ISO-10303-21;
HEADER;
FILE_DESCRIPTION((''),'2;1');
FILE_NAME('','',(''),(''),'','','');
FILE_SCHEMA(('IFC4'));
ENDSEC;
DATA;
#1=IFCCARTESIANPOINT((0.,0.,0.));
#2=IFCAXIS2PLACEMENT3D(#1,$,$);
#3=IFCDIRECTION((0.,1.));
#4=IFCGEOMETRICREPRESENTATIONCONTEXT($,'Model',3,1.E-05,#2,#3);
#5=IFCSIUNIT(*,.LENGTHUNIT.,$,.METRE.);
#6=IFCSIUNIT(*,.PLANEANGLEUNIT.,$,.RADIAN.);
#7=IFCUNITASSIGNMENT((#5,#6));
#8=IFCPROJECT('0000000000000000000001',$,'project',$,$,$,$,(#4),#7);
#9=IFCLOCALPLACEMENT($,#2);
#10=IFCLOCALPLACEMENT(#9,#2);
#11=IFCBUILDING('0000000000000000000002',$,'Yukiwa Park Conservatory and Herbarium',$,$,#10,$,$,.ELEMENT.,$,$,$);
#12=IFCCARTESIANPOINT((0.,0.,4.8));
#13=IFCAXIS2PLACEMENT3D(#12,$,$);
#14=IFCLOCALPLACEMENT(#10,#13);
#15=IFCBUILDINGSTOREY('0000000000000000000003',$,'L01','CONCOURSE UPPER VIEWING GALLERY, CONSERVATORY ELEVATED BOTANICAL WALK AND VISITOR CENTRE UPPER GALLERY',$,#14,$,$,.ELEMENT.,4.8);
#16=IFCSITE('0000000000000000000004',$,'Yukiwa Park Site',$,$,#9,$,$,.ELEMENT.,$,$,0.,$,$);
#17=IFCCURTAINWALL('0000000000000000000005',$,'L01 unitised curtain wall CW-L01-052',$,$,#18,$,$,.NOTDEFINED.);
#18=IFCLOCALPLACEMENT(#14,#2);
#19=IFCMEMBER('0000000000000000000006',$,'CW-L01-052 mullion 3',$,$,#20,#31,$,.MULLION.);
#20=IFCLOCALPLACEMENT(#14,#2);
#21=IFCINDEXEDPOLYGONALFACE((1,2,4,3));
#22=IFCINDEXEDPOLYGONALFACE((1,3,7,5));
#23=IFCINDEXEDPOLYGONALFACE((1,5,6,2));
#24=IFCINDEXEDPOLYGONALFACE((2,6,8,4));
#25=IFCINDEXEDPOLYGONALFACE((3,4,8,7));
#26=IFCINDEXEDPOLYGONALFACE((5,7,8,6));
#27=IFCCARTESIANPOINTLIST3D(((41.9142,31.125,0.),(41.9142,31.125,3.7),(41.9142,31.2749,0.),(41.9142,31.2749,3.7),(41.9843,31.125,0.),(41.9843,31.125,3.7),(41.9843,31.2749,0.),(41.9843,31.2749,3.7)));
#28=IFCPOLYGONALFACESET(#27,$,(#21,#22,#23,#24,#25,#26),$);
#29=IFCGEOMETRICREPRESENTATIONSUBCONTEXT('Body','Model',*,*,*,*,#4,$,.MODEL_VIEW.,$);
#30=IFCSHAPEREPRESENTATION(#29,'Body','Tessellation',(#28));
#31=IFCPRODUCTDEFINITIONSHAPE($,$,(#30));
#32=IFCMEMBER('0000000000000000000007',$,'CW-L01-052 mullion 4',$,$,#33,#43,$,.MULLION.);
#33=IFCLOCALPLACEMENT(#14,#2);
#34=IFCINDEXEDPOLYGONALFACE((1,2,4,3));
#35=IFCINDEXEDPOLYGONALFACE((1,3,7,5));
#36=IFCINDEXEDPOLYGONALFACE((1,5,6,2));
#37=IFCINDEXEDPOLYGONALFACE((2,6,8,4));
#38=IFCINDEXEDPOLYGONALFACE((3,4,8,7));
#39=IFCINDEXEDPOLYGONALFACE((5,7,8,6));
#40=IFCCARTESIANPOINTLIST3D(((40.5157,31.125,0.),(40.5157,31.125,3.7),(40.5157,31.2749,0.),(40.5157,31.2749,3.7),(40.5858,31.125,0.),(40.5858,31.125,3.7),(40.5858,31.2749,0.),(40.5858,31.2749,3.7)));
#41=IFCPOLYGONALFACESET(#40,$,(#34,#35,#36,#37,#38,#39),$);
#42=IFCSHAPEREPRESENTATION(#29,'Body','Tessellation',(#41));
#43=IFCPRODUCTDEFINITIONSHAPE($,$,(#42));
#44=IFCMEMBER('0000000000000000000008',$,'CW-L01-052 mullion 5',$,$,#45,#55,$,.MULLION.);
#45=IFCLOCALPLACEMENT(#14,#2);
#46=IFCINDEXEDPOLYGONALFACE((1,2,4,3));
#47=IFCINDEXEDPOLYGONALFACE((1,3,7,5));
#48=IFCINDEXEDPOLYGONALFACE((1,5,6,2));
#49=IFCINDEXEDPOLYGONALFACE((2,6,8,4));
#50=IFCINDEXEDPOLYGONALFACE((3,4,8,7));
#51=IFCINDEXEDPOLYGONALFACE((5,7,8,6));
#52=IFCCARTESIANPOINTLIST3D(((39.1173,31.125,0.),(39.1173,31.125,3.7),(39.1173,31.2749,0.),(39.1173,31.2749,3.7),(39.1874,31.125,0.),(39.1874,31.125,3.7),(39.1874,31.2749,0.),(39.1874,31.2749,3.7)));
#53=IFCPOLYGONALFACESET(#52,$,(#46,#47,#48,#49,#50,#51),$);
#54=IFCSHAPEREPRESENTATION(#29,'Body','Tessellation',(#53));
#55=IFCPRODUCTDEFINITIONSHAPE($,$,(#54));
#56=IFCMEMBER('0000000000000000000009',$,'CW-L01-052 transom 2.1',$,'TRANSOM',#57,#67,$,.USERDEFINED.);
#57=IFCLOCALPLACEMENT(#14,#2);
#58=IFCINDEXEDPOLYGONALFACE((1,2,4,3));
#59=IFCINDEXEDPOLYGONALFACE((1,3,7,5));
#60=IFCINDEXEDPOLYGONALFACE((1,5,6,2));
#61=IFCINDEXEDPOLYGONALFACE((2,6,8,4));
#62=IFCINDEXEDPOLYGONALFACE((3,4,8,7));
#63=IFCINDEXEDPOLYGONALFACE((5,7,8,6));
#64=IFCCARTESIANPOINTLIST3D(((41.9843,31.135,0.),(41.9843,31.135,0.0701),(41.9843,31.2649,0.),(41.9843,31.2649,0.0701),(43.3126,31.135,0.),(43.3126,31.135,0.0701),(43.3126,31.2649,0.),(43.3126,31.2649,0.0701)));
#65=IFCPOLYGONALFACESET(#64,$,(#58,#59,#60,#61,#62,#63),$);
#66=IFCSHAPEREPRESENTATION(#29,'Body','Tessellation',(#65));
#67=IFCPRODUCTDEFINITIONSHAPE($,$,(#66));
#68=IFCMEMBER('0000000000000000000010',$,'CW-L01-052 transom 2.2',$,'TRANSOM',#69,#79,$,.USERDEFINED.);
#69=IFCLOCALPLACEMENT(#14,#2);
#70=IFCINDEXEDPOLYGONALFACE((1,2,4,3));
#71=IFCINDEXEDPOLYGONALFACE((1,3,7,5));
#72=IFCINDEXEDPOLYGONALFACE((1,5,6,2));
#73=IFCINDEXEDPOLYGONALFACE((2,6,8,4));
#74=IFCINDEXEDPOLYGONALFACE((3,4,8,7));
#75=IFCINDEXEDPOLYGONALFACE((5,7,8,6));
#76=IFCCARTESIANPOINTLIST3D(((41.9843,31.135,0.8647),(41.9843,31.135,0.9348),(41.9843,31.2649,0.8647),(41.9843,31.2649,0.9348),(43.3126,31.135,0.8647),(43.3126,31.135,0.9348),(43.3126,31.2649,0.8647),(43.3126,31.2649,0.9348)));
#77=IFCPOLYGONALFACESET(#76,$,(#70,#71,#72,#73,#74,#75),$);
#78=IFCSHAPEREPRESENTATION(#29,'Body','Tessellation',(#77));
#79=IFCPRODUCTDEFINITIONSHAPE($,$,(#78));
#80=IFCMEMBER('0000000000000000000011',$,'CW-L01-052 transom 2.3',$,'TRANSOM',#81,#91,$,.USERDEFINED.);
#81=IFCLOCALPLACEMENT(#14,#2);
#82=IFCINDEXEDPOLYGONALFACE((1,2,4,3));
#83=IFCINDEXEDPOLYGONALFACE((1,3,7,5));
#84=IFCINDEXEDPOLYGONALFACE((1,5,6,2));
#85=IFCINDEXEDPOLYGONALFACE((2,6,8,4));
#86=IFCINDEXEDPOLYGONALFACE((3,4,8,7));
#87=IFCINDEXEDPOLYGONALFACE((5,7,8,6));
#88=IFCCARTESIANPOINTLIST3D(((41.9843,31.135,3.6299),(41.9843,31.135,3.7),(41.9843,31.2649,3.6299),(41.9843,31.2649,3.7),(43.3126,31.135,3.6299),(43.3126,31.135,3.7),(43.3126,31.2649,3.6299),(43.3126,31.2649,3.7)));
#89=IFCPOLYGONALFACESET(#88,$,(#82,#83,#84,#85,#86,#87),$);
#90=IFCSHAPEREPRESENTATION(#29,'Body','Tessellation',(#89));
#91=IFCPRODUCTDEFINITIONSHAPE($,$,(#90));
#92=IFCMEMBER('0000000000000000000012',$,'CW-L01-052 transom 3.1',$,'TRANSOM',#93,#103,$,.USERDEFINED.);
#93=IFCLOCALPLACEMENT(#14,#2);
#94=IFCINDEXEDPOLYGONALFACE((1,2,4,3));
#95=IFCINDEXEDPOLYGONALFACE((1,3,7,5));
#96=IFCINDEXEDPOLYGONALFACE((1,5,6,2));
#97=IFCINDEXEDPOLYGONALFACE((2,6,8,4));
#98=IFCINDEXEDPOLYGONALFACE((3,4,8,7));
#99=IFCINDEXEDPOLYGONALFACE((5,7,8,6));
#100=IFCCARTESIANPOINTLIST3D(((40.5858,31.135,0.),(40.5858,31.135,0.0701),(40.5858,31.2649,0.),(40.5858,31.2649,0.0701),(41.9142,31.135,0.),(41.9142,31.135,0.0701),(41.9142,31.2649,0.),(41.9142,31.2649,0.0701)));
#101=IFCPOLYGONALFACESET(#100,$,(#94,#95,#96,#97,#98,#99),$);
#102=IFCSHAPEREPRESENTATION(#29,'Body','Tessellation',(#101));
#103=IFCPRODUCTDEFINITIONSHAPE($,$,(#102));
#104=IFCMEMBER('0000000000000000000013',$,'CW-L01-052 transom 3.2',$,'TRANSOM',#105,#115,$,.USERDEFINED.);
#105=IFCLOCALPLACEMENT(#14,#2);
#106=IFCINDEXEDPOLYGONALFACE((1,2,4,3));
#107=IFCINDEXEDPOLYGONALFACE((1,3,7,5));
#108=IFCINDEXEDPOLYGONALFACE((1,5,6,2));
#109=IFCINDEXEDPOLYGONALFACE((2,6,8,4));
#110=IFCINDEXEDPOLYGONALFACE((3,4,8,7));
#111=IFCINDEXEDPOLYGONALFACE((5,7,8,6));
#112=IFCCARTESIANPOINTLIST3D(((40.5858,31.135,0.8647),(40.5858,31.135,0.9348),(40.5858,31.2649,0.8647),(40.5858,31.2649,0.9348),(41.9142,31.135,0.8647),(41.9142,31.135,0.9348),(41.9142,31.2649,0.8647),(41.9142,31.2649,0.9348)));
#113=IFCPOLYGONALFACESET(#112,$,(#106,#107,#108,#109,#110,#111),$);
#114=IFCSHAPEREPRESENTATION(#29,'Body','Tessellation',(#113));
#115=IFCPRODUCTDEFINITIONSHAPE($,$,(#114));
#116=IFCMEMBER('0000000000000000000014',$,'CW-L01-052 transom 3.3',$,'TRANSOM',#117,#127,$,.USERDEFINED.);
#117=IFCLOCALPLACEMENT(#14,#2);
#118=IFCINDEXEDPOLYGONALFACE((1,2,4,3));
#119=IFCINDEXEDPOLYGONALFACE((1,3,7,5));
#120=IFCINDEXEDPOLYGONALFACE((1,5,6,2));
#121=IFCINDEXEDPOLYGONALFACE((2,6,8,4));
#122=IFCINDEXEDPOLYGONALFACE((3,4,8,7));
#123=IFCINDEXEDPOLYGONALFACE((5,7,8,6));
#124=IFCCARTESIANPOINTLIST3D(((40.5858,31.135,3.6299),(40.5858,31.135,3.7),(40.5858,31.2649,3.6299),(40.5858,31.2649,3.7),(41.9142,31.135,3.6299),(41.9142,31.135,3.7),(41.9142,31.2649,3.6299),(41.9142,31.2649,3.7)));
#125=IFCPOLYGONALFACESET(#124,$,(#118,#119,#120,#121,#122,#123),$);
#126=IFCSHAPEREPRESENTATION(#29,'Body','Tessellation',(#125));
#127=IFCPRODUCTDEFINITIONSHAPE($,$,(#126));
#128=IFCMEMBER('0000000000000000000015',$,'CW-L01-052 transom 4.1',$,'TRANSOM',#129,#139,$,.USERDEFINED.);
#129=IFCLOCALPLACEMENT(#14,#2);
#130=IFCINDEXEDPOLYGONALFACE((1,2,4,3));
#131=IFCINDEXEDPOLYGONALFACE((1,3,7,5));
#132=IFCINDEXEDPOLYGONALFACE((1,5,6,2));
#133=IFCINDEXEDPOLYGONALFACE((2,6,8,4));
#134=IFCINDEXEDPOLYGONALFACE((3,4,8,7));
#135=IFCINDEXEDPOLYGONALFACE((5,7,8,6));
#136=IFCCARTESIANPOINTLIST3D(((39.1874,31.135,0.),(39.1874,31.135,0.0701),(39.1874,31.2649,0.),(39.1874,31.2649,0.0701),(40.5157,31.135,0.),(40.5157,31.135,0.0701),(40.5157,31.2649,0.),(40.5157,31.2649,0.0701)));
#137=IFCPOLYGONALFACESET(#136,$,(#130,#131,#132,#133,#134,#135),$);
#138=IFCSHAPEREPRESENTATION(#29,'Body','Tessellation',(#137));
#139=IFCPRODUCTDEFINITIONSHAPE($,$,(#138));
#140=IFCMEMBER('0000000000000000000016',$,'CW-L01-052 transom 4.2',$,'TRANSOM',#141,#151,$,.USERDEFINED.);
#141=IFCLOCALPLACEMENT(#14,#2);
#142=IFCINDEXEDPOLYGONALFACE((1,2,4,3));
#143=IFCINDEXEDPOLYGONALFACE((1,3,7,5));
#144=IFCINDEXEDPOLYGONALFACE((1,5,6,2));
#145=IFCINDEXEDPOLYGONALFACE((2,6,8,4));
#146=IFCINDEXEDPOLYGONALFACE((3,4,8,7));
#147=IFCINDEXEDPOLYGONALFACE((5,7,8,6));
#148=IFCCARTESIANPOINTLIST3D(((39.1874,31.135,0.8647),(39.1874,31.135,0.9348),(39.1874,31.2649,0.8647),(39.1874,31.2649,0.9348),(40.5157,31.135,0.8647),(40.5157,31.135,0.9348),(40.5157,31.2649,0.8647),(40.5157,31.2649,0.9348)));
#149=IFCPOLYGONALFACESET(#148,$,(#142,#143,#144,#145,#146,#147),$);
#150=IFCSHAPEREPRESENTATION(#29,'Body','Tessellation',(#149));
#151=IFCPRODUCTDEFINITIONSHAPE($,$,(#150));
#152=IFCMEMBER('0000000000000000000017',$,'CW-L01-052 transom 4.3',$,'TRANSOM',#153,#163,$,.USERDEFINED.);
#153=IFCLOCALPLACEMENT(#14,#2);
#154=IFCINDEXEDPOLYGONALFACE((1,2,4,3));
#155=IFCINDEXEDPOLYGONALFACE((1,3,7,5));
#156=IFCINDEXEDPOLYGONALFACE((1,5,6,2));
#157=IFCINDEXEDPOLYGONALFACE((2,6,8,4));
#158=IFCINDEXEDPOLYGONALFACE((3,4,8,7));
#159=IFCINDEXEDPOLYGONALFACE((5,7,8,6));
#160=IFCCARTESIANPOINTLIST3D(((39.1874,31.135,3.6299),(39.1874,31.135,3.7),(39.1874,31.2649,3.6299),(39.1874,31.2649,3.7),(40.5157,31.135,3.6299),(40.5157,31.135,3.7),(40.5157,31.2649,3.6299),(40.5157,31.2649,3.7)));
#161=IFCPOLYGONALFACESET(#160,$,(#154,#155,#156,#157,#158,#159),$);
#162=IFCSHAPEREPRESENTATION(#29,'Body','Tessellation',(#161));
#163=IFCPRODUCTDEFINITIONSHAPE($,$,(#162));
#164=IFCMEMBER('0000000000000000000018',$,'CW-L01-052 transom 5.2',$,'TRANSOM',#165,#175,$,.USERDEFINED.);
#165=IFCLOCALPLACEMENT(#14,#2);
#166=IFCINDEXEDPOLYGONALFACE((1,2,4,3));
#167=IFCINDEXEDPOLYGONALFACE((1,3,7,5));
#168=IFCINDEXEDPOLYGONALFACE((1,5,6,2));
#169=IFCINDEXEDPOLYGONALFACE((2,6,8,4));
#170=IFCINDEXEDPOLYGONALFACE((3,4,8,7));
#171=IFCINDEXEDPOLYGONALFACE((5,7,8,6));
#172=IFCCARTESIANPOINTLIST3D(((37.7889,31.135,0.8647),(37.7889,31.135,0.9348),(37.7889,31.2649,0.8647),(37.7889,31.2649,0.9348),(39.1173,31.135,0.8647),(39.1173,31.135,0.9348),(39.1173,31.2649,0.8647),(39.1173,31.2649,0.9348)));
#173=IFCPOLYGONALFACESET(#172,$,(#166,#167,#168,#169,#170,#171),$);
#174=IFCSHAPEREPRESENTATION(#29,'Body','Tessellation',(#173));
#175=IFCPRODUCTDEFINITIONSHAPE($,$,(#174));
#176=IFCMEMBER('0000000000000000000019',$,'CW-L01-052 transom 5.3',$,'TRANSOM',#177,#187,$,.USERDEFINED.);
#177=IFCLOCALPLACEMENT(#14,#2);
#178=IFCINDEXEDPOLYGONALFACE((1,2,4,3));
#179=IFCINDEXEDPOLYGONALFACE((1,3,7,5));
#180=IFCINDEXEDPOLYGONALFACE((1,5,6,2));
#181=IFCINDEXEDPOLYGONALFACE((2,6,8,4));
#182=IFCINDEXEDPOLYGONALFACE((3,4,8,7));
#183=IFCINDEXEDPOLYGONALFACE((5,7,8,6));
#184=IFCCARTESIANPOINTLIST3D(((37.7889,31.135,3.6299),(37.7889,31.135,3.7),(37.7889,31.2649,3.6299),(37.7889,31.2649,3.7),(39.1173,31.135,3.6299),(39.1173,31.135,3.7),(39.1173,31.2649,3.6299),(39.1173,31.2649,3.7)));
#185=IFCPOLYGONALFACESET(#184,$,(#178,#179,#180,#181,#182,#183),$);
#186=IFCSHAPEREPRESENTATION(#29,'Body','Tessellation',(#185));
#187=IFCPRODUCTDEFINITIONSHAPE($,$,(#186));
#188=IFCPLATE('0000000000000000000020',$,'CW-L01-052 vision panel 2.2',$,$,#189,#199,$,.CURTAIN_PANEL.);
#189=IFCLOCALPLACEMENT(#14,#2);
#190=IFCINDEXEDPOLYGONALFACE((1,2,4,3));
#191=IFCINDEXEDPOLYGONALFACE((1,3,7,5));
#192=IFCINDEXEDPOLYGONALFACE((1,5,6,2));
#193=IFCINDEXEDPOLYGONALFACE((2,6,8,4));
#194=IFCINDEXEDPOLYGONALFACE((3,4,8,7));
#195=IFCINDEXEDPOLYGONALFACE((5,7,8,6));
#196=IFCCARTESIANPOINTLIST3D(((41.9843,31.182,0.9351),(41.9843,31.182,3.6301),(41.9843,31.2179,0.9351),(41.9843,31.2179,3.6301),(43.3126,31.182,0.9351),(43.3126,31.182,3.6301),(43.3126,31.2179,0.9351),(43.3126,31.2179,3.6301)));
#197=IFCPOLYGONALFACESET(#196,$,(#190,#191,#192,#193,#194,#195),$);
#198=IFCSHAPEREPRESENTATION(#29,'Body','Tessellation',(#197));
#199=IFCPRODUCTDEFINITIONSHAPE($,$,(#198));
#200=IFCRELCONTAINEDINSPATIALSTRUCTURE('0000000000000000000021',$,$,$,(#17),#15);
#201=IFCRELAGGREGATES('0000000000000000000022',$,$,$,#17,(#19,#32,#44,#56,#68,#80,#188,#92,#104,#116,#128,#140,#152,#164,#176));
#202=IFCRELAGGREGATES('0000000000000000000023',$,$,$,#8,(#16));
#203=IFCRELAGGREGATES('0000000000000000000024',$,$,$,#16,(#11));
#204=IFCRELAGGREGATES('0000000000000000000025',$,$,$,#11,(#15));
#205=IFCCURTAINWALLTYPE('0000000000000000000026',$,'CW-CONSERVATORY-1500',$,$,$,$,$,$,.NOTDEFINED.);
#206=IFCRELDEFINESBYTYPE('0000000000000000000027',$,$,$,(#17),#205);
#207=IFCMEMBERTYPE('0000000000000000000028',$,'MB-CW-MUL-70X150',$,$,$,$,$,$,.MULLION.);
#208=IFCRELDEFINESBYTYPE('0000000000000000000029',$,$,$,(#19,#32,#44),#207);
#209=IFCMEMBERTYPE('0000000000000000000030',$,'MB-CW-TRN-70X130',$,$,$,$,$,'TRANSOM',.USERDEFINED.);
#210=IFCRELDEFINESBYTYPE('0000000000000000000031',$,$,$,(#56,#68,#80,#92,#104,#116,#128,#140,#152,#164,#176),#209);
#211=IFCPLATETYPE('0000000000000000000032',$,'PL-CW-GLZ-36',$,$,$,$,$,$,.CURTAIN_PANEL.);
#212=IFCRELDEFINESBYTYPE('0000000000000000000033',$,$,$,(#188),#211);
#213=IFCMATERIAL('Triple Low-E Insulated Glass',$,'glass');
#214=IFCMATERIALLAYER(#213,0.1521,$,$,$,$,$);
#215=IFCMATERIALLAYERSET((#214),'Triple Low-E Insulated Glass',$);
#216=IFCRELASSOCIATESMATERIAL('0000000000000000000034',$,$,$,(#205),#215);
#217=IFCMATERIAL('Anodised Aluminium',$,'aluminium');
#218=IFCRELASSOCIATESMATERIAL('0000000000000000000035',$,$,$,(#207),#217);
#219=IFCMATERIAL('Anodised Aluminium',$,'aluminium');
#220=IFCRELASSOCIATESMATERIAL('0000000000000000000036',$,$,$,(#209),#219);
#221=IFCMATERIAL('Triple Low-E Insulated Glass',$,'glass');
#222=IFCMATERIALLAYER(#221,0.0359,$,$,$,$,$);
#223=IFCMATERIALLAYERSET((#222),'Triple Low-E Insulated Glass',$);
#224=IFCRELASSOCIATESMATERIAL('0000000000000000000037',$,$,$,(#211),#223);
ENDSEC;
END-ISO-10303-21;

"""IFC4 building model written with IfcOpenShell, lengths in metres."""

from ifc_helpers import new_model, si_unit, direction, frame, origin, origin_2d, place, context, subcontext, project, spatial, rectangle, extrude, material, layer, layer_set, type_object, element, aggregate, save


model = new_model("IFC4")

# Units and contexts
model_context = context("Model", 3, precision=1e-05, world=origin(), true_north=direction((0.0, 1.0)))
body_context = subcontext(model_context, "Body", "Model", "MODEL_VIEW")
ifc_project = project(units=[si_unit("LENGTHUNIT", "METRE"), si_unit("PLANEANGLEUNIT", "RADIAN")], contexts=[model_context])

# Site, building, storey
site_placement = place(None, origin())
site = spatial("IfcSite", under=ifc_project, at=site_placement, Name="Yukiwa Park Site", CompositionType="ELEMENT", RefElevation=0.0)
building_placement = place(site_placement, origin())
building = spatial("IfcBuilding", under=site, at=building_placement, Name="Yukiwa Park Conservatory and Herbarium", CompositionType="ELEMENT")
storey_placement = place(building_placement, frame((0.0, 0.0, 4.8)))
storey = spatial("IfcBuildingStorey", under=building, at=storey_placement, Name="L01", Description="CONCOURSE UPPER VIEWING GALLERY, CONSERVATORY ELEVATED BOTANICAL WALK AND VISITOR CENTRE UPPER GALLERY", CompositionType="ELEMENT", Elevation=4.8)

# Curtain wall, members, plate
ifc_material_1 = material(Name="Triple Low-E Insulated Glass", Category="glass")
ifc_layer_1 = layer(ifc_material_1, 0.1521)
ifc_layer_set_1 = layer_set([ifc_layer_1], Name="Triple Low-E Insulated Glass")
curtain_wall_type = type_object("IfcCurtainWallType", Name="CW-CONSERVATORY-1500", PredefinedType="NOTDEFINED", material=ifc_layer_set_1)
curtain_wall_placement = place(storey_placement, origin())
curtain_wall = element("IfcCurtainWall", 1, at=curtain_wall_placement, inside=storey, type_object=curtain_wall_type, Name="L01 unitised curtain wall CW-L01-052", PredefinedType="NOTDEFINED")
ifc_material_2 = material(Name="Anodised Aluminium", Category="aluminium")
member_type_1 = type_object("IfcMemberType", Name="MB-CW-MUL-70X150", PredefinedType="MULLION", material=ifc_material_2)
member_1_placement = place(storey_placement, frame((41.9492, 31.2, 0.0), z_axis=(0.0, 0.0, 1.0), x_axis=(-1.0, 0.0, 0.0)))
member_1 = element("IfcMember", 2, at=member_1_placement, type_object=member_type_1, Name="CW-L01-052 mullion 3", PredefinedType="MULLION", context=body_context, shape_type="SweptSolid", body=[
    extrude(rectangle(XDim=0.0701, YDim=0.1499, at=origin_2d()), origin(), (0.0, 0.0, 1.0), 3.7),
])
member_2_placement = place(storey_placement, frame((40.5508, 31.2, 0.0), z_axis=(0.0, 0.0, 1.0), x_axis=(-1.0, 0.0, 0.0)))
member_2 = element("IfcMember", 3, at=member_2_placement, type_object=member_type_1, Name="CW-L01-052 mullion 4", PredefinedType="MULLION", context=body_context, shape_type="SweptSolid", body=[
    extrude(rectangle(XDim=0.0701, YDim=0.1499, at=origin_2d()), origin(), (0.0, 0.0, 1.0), 3.7),
])
member_3_placement = place(storey_placement, frame((39.1523, 31.2, 0.0), z_axis=(0.0, 0.0, 1.0), x_axis=(-1.0, 0.0, 0.0)))
member_3 = element("IfcMember", 4, at=member_3_placement, type_object=member_type_1, Name="CW-L01-052 mullion 5", PredefinedType="MULLION", context=body_context, shape_type="SweptSolid", body=[
    extrude(rectangle(XDim=0.0701, YDim=0.1499, at=origin_2d()), origin(), (0.0, 0.0, 1.0), 3.7),
])
ifc_material_3 = material(Name="Anodised Aluminium", Category="aluminium")
member_type_2 = type_object("IfcMemberType", Name="MB-CW-TRN-70X130", ElementType="TRANSOM", PredefinedType="USERDEFINED", material=ifc_material_3)
member_4_placement = place(storey_placement, frame((42.6484, 31.2, 0.0), z_axis=(0.0, 0.0, 1.0), x_axis=(-1.0, 0.0, 0.0)))
member_4 = element("IfcMember", 5, at=member_4_placement, type_object=member_type_2, Name="CW-L01-052 transom 2.1", ObjectType="TRANSOM", PredefinedType="USERDEFINED", context=body_context, shape_type="SweptSolid", body=[
    extrude(rectangle(XDim=1.3284, YDim=0.1299, at=origin_2d()), origin(), (0.0, 0.0, 1.0), 0.0701),
])
member_5_placement = place(storey_placement, frame((42.6484, 31.2, 0.8647), z_axis=(0.0, 0.0, 1.0), x_axis=(-1.0, 0.0, 0.0)))
member_5 = element("IfcMember", 6, at=member_5_placement, type_object=member_type_2, Name="CW-L01-052 transom 2.2", ObjectType="TRANSOM", PredefinedType="USERDEFINED", context=body_context, shape_type="SweptSolid", body=[
    extrude(rectangle(XDim=1.3284, YDim=0.1299, at=origin_2d()), origin(), (0.0, 0.0, 1.0), 0.0701),
])
member_6_placement = place(storey_placement, frame((42.6484, 31.2, 3.6299), z_axis=(0.0, 0.0, 1.0), x_axis=(-1.0, 0.0, 0.0)))
member_6 = element("IfcMember", 7, at=member_6_placement, type_object=member_type_2, Name="CW-L01-052 transom 2.3", ObjectType="TRANSOM", PredefinedType="USERDEFINED", context=body_context, shape_type="SweptSolid", body=[
    extrude(rectangle(XDim=1.3284, YDim=0.1299, at=origin_2d()), origin(), (0.0, 0.0, 1.0), 0.0701),
])
member_7_placement = place(storey_placement, frame((41.25, 31.2, 0.0), z_axis=(0.0, 0.0, 1.0), x_axis=(-1.0, 0.0, 0.0)))
member_7 = element("IfcMember", 8, at=member_7_placement, type_object=member_type_2, Name="CW-L01-052 transom 3.1", ObjectType="TRANSOM", PredefinedType="USERDEFINED", context=body_context, shape_type="SweptSolid", body=[
    extrude(rectangle(XDim=1.3284, YDim=0.1299, at=origin_2d()), origin(), (0.0, 0.0, 1.0), 0.0701),
])
member_8_placement = place(storey_placement, frame((41.25, 31.2, 0.8647), z_axis=(0.0, 0.0, 1.0), x_axis=(-1.0, 0.0, 0.0)))
member_8 = element("IfcMember", 9, at=member_8_placement, type_object=member_type_2, Name="CW-L01-052 transom 3.2", ObjectType="TRANSOM", PredefinedType="USERDEFINED", context=body_context, shape_type="SweptSolid", body=[
    extrude(rectangle(XDim=1.3284, YDim=0.1299, at=origin_2d()), origin(), (0.0, 0.0, 1.0), 0.0701),
])
member_9_placement = place(storey_placement, frame((41.25, 31.2, 3.6299), z_axis=(0.0, 0.0, 1.0), x_axis=(-1.0, 0.0, 0.0)))
member_9 = element("IfcMember", 10, at=member_9_placement, type_object=member_type_2, Name="CW-L01-052 transom 3.3", ObjectType="TRANSOM", PredefinedType="USERDEFINED", context=body_context, shape_type="SweptSolid", body=[
    extrude(rectangle(XDim=1.3284, YDim=0.1299, at=origin_2d()), origin(), (0.0, 0.0, 1.0), 0.0701),
])
member_10_placement = place(storey_placement, frame((39.8516, 31.2, 0.0), z_axis=(0.0, 0.0, 1.0), x_axis=(-1.0, 0.0, 0.0)))
member_10 = element("IfcMember", 11, at=member_10_placement, type_object=member_type_2, Name="CW-L01-052 transom 4.1", ObjectType="TRANSOM", PredefinedType="USERDEFINED", context=body_context, shape_type="SweptSolid", body=[
    extrude(rectangle(XDim=1.3284, YDim=0.1299, at=origin_2d()), origin(), (0.0, 0.0, 1.0), 0.0701),
])
member_11_placement = place(storey_placement, frame((39.8516, 31.2, 0.8647), z_axis=(0.0, 0.0, 1.0), x_axis=(-1.0, 0.0, 0.0)))
member_11 = element("IfcMember", 12, at=member_11_placement, type_object=member_type_2, Name="CW-L01-052 transom 4.2", ObjectType="TRANSOM", PredefinedType="USERDEFINED", context=body_context, shape_type="SweptSolid", body=[
    extrude(rectangle(XDim=1.3284, YDim=0.1299, at=origin_2d()), origin(), (0.0, 0.0, 1.0), 0.0701),
])
member_12_placement = place(storey_placement, frame((39.8516, 31.2, 3.6299), z_axis=(0.0, 0.0, 1.0), x_axis=(-1.0, 0.0, 0.0)))
member_12 = element("IfcMember", 13, at=member_12_placement, type_object=member_type_2, Name="CW-L01-052 transom 4.3", ObjectType="TRANSOM", PredefinedType="USERDEFINED", context=body_context, shape_type="SweptSolid", body=[
    extrude(rectangle(XDim=1.3284, YDim=0.1299, at=origin_2d()), origin(), (0.0, 0.0, 1.0), 0.0701),
])
member_13_placement = place(storey_placement, frame((38.4531, 31.2, 0.8647), z_axis=(0.0, 0.0, 1.0), x_axis=(-1.0, 0.0, 0.0)))
member_13 = element("IfcMember", 14, at=member_13_placement, type_object=member_type_2, Name="CW-L01-052 transom 5.2", ObjectType="TRANSOM", PredefinedType="USERDEFINED", context=body_context, shape_type="SweptSolid", body=[
    extrude(rectangle(XDim=1.3284, YDim=0.1299, at=origin_2d()), origin(), (0.0, 0.0, 1.0), 0.0701),
])
member_14_placement = place(storey_placement, frame((38.4531, 31.2, 3.6299), z_axis=(0.0, 0.0, 1.0), x_axis=(-1.0, 0.0, 0.0)))
member_14 = element("IfcMember", 15, at=member_14_placement, type_object=member_type_2, Name="CW-L01-052 transom 5.3", ObjectType="TRANSOM", PredefinedType="USERDEFINED", context=body_context, shape_type="SweptSolid", body=[
    extrude(rectangle(XDim=1.3284, YDim=0.1299, at=origin_2d()), origin(), (0.0, 0.0, 1.0), 0.0701),
])
ifc_material_4 = material(Name="Triple Low-E Insulated Glass", Category="glass")
ifc_layer_2 = layer(ifc_material_4, 0.0359)
ifc_layer_set_2 = layer_set([ifc_layer_2], Name="Triple Low-E Insulated Glass")
plate_type_1 = type_object("IfcPlateType", Name="PL-CW-GLZ-36", PredefinedType="CURTAIN_PANEL", material=ifc_layer_set_2)
plate_1_placement = place(storey_placement, frame((42.6484, 31.2, 0.9351), z_axis=(0.0, 0.0, 1.0), x_axis=(-1.0, 0.0, 0.0)))
plate_1 = element("IfcPlate", 16, at=plate_1_placement, type_object=plate_type_1, Name="CW-L01-052 vision panel 2.2", PredefinedType="CURTAIN_PANEL", context=body_context, shape_type="SweptSolid", body=[
    extrude(rectangle(XDim=1.3284, YDim=0.0359, at=origin_2d()), origin(), (0.0, 0.0, 1.0), 2.6951),
])
aggregate(curtain_wall, [member_1, member_2, member_3, member_4, member_5, member_6, plate_1, member_7, member_8, member_9, member_10, member_11, member_12, member_13, member_14])

save(model, "model.ifc")
